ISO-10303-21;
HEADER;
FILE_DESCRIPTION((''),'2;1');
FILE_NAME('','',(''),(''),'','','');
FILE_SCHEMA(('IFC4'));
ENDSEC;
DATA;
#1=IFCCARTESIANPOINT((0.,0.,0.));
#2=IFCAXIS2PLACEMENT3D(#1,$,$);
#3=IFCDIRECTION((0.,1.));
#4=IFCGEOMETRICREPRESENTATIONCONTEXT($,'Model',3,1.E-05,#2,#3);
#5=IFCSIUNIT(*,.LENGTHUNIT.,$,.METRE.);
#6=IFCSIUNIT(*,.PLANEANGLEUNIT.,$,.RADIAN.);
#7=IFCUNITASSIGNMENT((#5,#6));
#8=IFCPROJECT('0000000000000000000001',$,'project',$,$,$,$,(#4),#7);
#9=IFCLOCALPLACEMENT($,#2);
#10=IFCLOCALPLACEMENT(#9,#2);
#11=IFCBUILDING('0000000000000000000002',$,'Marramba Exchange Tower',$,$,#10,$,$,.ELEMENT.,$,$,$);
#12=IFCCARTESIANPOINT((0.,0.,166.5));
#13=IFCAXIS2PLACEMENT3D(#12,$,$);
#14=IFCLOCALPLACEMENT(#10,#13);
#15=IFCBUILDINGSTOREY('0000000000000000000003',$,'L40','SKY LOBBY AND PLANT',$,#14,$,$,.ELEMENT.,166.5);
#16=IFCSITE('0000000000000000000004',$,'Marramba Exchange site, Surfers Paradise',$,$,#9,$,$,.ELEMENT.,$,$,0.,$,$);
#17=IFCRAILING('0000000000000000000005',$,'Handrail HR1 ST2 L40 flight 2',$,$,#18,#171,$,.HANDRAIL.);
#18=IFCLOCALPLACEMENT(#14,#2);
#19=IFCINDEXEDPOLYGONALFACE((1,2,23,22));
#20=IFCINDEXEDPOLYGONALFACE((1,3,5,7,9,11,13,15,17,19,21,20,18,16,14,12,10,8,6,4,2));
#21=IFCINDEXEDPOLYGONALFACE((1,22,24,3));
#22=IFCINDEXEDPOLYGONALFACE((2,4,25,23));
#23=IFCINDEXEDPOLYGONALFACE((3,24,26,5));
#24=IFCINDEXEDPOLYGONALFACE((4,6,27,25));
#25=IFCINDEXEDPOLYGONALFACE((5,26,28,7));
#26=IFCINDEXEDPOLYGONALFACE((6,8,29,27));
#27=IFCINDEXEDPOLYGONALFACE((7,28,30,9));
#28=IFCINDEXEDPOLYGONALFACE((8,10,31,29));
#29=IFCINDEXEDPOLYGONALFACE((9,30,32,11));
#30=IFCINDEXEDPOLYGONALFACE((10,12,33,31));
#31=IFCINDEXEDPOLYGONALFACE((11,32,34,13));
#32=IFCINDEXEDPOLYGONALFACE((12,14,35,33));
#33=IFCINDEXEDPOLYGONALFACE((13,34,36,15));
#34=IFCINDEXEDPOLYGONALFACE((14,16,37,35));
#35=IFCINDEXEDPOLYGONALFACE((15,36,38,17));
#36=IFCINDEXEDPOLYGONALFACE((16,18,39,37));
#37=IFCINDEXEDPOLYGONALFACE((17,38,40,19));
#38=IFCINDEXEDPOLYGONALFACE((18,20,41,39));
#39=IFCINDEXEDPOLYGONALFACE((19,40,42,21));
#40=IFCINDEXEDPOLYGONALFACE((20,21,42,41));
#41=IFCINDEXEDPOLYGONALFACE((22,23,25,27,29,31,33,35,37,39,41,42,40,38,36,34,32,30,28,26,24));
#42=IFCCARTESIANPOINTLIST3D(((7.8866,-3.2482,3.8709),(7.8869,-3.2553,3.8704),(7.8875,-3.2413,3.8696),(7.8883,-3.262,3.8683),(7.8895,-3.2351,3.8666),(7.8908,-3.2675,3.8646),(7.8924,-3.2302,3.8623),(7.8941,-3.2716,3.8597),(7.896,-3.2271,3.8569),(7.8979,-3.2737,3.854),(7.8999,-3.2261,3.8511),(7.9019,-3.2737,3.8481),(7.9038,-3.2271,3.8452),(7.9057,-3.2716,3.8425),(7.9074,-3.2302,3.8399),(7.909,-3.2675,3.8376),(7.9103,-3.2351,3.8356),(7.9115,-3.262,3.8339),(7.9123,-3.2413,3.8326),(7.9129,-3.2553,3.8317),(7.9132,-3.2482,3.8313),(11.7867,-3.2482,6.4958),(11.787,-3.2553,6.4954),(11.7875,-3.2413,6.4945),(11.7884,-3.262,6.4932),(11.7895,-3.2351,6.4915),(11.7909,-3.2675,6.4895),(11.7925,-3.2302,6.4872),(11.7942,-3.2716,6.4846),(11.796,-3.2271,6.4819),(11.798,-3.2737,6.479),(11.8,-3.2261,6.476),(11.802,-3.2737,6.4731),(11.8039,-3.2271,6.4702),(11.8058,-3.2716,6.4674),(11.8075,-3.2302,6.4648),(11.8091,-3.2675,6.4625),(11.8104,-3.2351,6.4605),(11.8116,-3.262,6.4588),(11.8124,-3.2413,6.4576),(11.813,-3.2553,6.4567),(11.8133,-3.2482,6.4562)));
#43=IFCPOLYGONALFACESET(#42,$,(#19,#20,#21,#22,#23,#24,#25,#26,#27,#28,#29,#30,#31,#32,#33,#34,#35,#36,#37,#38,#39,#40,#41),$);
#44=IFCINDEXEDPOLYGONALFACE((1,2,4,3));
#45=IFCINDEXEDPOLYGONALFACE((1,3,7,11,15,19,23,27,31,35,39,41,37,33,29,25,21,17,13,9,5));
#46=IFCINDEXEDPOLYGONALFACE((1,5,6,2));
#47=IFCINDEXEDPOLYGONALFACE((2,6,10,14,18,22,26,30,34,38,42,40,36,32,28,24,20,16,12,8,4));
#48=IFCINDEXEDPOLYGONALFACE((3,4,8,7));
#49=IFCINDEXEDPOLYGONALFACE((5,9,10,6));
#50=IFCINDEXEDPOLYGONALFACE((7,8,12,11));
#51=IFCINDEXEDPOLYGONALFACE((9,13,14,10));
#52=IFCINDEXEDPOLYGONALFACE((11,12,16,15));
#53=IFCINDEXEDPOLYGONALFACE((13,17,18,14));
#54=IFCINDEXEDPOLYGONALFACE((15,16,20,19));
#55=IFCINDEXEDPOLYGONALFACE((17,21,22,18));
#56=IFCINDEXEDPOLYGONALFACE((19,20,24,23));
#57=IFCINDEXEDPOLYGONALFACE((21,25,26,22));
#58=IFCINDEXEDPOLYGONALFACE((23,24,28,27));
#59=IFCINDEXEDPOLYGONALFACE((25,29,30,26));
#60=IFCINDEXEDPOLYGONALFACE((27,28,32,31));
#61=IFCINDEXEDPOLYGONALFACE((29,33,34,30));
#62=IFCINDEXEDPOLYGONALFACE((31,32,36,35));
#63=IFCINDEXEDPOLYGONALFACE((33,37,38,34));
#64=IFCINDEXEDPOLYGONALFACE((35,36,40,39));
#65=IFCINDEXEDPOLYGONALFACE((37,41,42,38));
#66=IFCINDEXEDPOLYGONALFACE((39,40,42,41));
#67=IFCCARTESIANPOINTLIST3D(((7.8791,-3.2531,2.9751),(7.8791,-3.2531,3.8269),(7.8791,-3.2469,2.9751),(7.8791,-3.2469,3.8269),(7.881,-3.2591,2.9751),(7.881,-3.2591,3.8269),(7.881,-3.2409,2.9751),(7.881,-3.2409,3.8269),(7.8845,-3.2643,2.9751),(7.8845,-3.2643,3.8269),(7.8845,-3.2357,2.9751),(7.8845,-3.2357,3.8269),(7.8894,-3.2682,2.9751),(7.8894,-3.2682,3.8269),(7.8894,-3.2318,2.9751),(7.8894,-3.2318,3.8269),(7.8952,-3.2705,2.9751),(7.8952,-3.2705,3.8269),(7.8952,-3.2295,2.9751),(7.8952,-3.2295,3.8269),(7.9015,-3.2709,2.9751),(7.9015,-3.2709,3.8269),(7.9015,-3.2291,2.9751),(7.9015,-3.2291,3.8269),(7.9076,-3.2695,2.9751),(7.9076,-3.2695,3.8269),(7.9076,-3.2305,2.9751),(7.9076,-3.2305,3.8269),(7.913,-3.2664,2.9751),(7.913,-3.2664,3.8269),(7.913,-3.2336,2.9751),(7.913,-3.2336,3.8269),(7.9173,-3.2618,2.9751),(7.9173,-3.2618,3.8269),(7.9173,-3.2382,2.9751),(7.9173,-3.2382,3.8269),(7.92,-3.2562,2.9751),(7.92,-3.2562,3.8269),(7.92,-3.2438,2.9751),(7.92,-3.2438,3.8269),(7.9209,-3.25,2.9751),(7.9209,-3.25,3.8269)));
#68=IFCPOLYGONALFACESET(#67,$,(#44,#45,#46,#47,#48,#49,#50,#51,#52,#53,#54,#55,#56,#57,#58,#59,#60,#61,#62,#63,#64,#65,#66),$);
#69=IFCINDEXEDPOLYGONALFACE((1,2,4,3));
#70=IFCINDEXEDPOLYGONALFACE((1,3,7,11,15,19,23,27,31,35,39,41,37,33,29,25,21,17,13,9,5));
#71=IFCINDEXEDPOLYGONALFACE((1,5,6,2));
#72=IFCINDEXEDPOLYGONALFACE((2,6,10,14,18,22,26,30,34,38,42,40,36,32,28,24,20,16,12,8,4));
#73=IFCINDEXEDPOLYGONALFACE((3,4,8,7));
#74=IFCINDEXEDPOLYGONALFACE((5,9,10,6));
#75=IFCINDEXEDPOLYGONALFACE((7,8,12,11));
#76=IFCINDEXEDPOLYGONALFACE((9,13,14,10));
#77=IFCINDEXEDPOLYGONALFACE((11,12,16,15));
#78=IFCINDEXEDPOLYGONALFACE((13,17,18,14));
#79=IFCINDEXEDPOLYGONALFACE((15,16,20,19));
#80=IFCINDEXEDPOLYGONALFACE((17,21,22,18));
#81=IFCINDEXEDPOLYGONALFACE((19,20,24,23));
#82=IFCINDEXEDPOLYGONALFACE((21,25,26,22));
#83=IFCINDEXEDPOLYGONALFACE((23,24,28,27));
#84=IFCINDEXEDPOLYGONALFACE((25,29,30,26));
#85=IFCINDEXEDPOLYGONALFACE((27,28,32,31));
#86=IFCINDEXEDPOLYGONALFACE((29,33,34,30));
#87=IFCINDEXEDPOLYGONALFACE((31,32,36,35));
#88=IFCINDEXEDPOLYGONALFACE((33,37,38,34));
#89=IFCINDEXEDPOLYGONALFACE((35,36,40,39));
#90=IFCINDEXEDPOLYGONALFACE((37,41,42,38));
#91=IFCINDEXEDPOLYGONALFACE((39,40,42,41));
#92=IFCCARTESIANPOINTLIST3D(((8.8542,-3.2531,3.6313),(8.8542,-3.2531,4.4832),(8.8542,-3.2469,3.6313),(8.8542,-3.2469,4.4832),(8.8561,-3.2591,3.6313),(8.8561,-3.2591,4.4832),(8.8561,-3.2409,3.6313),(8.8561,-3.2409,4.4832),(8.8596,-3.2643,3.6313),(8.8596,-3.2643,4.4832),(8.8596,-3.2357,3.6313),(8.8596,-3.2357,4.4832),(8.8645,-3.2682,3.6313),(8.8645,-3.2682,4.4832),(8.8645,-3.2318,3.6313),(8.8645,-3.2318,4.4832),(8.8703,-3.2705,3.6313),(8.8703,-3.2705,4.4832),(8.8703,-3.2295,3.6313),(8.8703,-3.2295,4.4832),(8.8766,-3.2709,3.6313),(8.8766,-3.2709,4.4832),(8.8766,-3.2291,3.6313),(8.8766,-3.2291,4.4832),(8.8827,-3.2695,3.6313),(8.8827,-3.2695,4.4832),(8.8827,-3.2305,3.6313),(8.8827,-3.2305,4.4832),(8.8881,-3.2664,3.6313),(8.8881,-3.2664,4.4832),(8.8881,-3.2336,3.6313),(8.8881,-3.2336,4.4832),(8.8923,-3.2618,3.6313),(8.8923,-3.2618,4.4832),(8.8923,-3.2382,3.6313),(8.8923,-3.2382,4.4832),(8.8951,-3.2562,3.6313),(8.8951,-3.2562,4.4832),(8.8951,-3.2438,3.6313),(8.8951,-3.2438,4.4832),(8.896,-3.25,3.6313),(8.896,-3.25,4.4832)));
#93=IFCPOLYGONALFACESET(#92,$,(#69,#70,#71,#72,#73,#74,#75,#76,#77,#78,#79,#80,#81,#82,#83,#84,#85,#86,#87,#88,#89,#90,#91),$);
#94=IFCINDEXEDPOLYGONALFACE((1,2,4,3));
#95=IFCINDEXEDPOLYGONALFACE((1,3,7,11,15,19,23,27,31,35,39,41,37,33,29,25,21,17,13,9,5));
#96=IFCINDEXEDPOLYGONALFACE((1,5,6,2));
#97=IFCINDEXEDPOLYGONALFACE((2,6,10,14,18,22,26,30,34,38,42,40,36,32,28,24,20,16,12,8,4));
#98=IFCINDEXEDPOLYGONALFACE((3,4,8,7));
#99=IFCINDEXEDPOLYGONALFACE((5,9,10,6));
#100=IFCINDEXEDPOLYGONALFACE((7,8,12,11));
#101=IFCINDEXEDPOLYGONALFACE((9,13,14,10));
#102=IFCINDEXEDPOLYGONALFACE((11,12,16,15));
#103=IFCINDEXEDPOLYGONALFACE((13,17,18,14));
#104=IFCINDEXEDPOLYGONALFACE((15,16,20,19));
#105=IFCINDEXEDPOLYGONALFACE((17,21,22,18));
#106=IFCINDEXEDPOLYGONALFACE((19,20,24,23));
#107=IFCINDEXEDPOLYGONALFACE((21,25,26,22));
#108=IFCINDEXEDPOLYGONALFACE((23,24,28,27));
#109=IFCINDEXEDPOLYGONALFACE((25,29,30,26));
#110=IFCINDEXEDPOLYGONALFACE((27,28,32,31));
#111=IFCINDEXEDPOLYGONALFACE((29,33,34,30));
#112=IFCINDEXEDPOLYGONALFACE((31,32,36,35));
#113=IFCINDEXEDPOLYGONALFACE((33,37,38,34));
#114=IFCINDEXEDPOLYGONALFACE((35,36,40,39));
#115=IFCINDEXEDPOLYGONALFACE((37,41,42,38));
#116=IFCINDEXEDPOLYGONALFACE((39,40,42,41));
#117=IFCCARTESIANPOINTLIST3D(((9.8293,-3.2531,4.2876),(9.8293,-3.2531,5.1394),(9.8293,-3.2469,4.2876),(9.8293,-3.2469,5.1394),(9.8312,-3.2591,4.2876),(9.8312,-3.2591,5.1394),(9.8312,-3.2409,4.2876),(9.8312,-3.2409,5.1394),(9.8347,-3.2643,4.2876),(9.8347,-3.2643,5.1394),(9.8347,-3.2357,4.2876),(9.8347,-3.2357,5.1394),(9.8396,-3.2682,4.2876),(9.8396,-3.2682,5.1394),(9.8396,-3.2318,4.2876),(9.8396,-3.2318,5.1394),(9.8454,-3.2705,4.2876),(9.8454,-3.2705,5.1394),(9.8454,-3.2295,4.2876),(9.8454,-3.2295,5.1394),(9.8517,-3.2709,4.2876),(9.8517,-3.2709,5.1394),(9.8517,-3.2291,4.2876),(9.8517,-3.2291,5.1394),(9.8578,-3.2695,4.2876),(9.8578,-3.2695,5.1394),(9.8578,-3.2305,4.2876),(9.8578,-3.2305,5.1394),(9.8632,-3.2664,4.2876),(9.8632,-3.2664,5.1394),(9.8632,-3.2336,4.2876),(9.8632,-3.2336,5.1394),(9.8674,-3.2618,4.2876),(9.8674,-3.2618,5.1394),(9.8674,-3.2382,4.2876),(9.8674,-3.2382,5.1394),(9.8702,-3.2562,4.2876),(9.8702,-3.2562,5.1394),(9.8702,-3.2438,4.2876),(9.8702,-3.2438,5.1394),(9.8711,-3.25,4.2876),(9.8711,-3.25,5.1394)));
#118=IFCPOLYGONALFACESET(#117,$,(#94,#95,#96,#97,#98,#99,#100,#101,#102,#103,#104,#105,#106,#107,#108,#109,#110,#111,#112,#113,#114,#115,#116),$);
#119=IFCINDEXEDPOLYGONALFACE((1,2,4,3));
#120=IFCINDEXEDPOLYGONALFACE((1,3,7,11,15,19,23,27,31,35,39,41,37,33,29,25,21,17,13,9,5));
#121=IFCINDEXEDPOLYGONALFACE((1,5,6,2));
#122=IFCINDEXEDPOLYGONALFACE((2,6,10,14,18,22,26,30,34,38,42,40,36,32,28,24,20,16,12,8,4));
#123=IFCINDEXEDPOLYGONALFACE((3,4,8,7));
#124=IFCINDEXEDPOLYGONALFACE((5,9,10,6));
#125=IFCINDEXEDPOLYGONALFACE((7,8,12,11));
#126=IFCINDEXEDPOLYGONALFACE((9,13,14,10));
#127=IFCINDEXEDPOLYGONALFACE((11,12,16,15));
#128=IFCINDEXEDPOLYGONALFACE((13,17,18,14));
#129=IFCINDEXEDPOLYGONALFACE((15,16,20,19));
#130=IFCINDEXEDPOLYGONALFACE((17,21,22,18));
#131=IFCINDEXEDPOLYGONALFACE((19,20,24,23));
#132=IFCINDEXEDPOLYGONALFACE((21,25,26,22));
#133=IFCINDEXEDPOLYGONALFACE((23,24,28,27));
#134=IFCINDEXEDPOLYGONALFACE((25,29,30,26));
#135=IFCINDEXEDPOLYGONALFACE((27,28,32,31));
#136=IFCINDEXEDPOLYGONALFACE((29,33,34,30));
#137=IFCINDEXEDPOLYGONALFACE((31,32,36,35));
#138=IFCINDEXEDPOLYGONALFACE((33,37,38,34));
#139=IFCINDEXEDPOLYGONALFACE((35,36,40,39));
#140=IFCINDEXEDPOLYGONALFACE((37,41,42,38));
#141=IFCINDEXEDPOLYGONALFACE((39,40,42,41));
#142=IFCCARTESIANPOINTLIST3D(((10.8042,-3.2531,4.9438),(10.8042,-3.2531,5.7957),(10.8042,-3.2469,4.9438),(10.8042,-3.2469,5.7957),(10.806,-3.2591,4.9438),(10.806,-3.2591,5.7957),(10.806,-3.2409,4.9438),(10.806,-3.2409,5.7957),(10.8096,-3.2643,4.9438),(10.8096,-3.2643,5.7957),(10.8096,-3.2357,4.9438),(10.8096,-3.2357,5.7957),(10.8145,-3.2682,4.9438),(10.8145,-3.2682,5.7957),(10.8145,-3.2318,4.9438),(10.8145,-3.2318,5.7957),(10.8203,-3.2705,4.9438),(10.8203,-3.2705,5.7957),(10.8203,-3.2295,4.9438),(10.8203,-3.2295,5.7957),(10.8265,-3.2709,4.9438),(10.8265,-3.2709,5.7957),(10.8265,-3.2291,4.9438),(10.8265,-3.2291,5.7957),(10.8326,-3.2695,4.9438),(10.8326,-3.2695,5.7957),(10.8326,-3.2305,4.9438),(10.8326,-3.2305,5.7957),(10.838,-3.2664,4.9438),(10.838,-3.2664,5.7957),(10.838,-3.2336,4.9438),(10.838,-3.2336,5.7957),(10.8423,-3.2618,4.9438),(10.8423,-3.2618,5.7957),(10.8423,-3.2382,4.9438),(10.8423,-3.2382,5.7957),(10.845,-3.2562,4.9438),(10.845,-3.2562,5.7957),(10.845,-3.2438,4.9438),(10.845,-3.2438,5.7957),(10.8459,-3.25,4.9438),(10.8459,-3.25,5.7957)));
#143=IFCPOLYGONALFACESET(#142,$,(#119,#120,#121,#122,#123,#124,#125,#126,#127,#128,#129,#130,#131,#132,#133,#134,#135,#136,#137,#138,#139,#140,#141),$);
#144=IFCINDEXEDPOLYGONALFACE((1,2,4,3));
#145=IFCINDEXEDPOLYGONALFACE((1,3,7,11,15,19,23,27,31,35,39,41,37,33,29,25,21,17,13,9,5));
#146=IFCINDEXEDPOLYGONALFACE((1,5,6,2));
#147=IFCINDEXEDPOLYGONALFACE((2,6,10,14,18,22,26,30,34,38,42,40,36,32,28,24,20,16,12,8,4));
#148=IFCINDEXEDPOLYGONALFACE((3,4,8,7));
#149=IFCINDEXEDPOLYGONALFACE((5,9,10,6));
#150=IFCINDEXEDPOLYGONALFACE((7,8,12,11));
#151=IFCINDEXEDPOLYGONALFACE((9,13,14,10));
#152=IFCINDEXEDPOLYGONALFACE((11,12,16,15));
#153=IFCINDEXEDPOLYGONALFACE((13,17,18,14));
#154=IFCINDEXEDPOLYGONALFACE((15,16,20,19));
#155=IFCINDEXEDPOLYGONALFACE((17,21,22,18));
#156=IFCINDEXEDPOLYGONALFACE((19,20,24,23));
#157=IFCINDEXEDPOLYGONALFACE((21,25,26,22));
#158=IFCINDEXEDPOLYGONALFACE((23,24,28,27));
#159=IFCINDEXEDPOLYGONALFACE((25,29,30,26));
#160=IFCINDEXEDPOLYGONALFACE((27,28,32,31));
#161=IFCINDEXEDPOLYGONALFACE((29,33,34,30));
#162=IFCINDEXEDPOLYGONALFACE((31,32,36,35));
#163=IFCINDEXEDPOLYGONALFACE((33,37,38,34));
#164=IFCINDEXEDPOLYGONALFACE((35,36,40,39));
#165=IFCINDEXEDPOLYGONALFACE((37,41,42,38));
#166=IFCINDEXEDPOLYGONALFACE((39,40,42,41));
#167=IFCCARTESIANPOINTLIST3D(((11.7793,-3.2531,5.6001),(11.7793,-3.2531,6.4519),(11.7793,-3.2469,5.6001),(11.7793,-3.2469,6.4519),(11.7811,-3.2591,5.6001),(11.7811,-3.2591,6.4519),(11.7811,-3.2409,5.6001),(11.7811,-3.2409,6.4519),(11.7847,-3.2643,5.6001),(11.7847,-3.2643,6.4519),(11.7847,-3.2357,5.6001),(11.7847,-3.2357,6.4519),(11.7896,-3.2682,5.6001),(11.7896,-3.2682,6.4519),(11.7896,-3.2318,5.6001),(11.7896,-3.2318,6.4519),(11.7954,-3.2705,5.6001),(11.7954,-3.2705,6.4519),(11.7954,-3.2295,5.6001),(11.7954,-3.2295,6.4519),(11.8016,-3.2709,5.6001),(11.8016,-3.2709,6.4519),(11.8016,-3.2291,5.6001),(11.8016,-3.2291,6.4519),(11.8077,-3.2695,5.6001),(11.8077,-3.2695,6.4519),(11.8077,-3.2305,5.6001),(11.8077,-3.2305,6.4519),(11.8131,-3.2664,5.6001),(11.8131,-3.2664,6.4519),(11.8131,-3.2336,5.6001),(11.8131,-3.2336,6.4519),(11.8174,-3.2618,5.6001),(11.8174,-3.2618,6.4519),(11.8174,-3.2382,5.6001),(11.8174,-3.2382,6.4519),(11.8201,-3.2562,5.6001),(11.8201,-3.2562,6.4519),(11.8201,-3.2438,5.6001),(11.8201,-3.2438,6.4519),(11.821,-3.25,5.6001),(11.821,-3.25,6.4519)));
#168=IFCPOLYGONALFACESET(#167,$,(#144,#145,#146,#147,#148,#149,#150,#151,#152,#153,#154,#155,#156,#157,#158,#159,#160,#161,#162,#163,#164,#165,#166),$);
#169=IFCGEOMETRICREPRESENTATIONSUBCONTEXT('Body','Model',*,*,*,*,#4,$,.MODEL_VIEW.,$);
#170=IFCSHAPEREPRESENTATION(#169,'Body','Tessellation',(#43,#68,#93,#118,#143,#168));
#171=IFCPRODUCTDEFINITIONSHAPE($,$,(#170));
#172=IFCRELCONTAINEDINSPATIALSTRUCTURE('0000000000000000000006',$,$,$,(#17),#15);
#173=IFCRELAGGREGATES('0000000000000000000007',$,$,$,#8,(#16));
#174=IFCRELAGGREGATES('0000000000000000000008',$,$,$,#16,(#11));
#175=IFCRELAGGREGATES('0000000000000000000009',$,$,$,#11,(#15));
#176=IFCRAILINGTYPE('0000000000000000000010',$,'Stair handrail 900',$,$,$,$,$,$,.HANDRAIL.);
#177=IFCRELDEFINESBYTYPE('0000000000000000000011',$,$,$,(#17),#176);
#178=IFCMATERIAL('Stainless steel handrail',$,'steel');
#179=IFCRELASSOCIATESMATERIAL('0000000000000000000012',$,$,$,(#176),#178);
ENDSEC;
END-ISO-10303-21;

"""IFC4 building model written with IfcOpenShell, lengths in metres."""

from ifc_helpers import new_model, si_unit, direction, frame, origin, origin_2d, place, context, subcontext, project, spatial, circle, extrude, material, type_object, element, save


model = new_model("IFC4")

# Units and contexts
model_context = context("Model", 3, precision=1e-05, world=origin(), true_north=direction((0.0, 1.0)))
body_context = subcontext(model_context, "Body", "Model", "MODEL_VIEW")
ifc_project = project(units=[si_unit("LENGTHUNIT", "METRE"), si_unit("PLANEANGLEUNIT", "RADIAN")], contexts=[model_context])

# Site, building, storey
site_placement = place(None, origin())
site = spatial("IfcSite", under=ifc_project, at=site_placement, Name="Marramba Exchange site, Surfers Paradise", CompositionType="ELEMENT", RefElevation=0.0)
building_placement = place(site_placement, origin())
building = spatial("IfcBuilding", under=site, at=building_placement, Name="Marramba Exchange Tower", CompositionType="ELEMENT")
storey_placement = place(building_placement, frame((0.0, 0.0, 166.5)))
storey = spatial("IfcBuildingStorey", under=building, at=storey_placement, Name="L40", Description="SKY LOBBY AND PLANT", CompositionType="ELEMENT", Elevation=166.5)

# Railing
ifc_material_1 = material(Name="Stainless steel handrail", Category="steel")
railing_type = type_object("IfcRailingType", Name="Stair handrail 900", PredefinedType="HANDRAIL", material=ifc_material_1)
railing_placement = place(storey_placement, frame((7.8999, -3.25, 2.9751)))
element("IfcRailing", 1, at=railing_placement, inside=storey, type_object=railing_type, Name="Handrail HR1 ST2 L40 flight 2", PredefinedType="HANDRAIL", context=body_context, shape_type="SweptSolid", body=[
    extrude(circle(Radius=0.0239, at=origin_2d()), frame((0.0, 0.0, 0.876), z_axis=(0.829597, 0.0, 0.558362), x_axis=(0.0, 1.0, 0.0)), (0.0, 0.0, 1.0), 4.7012),
    extrude(circle(Radius=0.021, at=origin_2d()), origin(), (0.0, 0.0, 1.0), 0.8518),
    extrude(circle(Radius=0.021, at=origin_2d()), frame((0.9751, 0.0, 0.6562)), (0.0, 0.0, 1.0), 0.8518),
    extrude(circle(Radius=0.021, at=origin_2d()), frame((1.9502, 0.0, 1.3125)), (0.0, 0.0, 1.0), 0.8518),
    extrude(circle(Radius=0.021, at=origin_2d()), frame((2.925, 0.0, 1.9688)), (0.0, 0.0, 1.0), 0.8518),
    extrude(circle(Radius=0.021, at=origin_2d()), frame((3.9001, 0.0, 2.625)), (0.0, 0.0, 1.0), 0.8518),
])

save(model, "model.ifc")
